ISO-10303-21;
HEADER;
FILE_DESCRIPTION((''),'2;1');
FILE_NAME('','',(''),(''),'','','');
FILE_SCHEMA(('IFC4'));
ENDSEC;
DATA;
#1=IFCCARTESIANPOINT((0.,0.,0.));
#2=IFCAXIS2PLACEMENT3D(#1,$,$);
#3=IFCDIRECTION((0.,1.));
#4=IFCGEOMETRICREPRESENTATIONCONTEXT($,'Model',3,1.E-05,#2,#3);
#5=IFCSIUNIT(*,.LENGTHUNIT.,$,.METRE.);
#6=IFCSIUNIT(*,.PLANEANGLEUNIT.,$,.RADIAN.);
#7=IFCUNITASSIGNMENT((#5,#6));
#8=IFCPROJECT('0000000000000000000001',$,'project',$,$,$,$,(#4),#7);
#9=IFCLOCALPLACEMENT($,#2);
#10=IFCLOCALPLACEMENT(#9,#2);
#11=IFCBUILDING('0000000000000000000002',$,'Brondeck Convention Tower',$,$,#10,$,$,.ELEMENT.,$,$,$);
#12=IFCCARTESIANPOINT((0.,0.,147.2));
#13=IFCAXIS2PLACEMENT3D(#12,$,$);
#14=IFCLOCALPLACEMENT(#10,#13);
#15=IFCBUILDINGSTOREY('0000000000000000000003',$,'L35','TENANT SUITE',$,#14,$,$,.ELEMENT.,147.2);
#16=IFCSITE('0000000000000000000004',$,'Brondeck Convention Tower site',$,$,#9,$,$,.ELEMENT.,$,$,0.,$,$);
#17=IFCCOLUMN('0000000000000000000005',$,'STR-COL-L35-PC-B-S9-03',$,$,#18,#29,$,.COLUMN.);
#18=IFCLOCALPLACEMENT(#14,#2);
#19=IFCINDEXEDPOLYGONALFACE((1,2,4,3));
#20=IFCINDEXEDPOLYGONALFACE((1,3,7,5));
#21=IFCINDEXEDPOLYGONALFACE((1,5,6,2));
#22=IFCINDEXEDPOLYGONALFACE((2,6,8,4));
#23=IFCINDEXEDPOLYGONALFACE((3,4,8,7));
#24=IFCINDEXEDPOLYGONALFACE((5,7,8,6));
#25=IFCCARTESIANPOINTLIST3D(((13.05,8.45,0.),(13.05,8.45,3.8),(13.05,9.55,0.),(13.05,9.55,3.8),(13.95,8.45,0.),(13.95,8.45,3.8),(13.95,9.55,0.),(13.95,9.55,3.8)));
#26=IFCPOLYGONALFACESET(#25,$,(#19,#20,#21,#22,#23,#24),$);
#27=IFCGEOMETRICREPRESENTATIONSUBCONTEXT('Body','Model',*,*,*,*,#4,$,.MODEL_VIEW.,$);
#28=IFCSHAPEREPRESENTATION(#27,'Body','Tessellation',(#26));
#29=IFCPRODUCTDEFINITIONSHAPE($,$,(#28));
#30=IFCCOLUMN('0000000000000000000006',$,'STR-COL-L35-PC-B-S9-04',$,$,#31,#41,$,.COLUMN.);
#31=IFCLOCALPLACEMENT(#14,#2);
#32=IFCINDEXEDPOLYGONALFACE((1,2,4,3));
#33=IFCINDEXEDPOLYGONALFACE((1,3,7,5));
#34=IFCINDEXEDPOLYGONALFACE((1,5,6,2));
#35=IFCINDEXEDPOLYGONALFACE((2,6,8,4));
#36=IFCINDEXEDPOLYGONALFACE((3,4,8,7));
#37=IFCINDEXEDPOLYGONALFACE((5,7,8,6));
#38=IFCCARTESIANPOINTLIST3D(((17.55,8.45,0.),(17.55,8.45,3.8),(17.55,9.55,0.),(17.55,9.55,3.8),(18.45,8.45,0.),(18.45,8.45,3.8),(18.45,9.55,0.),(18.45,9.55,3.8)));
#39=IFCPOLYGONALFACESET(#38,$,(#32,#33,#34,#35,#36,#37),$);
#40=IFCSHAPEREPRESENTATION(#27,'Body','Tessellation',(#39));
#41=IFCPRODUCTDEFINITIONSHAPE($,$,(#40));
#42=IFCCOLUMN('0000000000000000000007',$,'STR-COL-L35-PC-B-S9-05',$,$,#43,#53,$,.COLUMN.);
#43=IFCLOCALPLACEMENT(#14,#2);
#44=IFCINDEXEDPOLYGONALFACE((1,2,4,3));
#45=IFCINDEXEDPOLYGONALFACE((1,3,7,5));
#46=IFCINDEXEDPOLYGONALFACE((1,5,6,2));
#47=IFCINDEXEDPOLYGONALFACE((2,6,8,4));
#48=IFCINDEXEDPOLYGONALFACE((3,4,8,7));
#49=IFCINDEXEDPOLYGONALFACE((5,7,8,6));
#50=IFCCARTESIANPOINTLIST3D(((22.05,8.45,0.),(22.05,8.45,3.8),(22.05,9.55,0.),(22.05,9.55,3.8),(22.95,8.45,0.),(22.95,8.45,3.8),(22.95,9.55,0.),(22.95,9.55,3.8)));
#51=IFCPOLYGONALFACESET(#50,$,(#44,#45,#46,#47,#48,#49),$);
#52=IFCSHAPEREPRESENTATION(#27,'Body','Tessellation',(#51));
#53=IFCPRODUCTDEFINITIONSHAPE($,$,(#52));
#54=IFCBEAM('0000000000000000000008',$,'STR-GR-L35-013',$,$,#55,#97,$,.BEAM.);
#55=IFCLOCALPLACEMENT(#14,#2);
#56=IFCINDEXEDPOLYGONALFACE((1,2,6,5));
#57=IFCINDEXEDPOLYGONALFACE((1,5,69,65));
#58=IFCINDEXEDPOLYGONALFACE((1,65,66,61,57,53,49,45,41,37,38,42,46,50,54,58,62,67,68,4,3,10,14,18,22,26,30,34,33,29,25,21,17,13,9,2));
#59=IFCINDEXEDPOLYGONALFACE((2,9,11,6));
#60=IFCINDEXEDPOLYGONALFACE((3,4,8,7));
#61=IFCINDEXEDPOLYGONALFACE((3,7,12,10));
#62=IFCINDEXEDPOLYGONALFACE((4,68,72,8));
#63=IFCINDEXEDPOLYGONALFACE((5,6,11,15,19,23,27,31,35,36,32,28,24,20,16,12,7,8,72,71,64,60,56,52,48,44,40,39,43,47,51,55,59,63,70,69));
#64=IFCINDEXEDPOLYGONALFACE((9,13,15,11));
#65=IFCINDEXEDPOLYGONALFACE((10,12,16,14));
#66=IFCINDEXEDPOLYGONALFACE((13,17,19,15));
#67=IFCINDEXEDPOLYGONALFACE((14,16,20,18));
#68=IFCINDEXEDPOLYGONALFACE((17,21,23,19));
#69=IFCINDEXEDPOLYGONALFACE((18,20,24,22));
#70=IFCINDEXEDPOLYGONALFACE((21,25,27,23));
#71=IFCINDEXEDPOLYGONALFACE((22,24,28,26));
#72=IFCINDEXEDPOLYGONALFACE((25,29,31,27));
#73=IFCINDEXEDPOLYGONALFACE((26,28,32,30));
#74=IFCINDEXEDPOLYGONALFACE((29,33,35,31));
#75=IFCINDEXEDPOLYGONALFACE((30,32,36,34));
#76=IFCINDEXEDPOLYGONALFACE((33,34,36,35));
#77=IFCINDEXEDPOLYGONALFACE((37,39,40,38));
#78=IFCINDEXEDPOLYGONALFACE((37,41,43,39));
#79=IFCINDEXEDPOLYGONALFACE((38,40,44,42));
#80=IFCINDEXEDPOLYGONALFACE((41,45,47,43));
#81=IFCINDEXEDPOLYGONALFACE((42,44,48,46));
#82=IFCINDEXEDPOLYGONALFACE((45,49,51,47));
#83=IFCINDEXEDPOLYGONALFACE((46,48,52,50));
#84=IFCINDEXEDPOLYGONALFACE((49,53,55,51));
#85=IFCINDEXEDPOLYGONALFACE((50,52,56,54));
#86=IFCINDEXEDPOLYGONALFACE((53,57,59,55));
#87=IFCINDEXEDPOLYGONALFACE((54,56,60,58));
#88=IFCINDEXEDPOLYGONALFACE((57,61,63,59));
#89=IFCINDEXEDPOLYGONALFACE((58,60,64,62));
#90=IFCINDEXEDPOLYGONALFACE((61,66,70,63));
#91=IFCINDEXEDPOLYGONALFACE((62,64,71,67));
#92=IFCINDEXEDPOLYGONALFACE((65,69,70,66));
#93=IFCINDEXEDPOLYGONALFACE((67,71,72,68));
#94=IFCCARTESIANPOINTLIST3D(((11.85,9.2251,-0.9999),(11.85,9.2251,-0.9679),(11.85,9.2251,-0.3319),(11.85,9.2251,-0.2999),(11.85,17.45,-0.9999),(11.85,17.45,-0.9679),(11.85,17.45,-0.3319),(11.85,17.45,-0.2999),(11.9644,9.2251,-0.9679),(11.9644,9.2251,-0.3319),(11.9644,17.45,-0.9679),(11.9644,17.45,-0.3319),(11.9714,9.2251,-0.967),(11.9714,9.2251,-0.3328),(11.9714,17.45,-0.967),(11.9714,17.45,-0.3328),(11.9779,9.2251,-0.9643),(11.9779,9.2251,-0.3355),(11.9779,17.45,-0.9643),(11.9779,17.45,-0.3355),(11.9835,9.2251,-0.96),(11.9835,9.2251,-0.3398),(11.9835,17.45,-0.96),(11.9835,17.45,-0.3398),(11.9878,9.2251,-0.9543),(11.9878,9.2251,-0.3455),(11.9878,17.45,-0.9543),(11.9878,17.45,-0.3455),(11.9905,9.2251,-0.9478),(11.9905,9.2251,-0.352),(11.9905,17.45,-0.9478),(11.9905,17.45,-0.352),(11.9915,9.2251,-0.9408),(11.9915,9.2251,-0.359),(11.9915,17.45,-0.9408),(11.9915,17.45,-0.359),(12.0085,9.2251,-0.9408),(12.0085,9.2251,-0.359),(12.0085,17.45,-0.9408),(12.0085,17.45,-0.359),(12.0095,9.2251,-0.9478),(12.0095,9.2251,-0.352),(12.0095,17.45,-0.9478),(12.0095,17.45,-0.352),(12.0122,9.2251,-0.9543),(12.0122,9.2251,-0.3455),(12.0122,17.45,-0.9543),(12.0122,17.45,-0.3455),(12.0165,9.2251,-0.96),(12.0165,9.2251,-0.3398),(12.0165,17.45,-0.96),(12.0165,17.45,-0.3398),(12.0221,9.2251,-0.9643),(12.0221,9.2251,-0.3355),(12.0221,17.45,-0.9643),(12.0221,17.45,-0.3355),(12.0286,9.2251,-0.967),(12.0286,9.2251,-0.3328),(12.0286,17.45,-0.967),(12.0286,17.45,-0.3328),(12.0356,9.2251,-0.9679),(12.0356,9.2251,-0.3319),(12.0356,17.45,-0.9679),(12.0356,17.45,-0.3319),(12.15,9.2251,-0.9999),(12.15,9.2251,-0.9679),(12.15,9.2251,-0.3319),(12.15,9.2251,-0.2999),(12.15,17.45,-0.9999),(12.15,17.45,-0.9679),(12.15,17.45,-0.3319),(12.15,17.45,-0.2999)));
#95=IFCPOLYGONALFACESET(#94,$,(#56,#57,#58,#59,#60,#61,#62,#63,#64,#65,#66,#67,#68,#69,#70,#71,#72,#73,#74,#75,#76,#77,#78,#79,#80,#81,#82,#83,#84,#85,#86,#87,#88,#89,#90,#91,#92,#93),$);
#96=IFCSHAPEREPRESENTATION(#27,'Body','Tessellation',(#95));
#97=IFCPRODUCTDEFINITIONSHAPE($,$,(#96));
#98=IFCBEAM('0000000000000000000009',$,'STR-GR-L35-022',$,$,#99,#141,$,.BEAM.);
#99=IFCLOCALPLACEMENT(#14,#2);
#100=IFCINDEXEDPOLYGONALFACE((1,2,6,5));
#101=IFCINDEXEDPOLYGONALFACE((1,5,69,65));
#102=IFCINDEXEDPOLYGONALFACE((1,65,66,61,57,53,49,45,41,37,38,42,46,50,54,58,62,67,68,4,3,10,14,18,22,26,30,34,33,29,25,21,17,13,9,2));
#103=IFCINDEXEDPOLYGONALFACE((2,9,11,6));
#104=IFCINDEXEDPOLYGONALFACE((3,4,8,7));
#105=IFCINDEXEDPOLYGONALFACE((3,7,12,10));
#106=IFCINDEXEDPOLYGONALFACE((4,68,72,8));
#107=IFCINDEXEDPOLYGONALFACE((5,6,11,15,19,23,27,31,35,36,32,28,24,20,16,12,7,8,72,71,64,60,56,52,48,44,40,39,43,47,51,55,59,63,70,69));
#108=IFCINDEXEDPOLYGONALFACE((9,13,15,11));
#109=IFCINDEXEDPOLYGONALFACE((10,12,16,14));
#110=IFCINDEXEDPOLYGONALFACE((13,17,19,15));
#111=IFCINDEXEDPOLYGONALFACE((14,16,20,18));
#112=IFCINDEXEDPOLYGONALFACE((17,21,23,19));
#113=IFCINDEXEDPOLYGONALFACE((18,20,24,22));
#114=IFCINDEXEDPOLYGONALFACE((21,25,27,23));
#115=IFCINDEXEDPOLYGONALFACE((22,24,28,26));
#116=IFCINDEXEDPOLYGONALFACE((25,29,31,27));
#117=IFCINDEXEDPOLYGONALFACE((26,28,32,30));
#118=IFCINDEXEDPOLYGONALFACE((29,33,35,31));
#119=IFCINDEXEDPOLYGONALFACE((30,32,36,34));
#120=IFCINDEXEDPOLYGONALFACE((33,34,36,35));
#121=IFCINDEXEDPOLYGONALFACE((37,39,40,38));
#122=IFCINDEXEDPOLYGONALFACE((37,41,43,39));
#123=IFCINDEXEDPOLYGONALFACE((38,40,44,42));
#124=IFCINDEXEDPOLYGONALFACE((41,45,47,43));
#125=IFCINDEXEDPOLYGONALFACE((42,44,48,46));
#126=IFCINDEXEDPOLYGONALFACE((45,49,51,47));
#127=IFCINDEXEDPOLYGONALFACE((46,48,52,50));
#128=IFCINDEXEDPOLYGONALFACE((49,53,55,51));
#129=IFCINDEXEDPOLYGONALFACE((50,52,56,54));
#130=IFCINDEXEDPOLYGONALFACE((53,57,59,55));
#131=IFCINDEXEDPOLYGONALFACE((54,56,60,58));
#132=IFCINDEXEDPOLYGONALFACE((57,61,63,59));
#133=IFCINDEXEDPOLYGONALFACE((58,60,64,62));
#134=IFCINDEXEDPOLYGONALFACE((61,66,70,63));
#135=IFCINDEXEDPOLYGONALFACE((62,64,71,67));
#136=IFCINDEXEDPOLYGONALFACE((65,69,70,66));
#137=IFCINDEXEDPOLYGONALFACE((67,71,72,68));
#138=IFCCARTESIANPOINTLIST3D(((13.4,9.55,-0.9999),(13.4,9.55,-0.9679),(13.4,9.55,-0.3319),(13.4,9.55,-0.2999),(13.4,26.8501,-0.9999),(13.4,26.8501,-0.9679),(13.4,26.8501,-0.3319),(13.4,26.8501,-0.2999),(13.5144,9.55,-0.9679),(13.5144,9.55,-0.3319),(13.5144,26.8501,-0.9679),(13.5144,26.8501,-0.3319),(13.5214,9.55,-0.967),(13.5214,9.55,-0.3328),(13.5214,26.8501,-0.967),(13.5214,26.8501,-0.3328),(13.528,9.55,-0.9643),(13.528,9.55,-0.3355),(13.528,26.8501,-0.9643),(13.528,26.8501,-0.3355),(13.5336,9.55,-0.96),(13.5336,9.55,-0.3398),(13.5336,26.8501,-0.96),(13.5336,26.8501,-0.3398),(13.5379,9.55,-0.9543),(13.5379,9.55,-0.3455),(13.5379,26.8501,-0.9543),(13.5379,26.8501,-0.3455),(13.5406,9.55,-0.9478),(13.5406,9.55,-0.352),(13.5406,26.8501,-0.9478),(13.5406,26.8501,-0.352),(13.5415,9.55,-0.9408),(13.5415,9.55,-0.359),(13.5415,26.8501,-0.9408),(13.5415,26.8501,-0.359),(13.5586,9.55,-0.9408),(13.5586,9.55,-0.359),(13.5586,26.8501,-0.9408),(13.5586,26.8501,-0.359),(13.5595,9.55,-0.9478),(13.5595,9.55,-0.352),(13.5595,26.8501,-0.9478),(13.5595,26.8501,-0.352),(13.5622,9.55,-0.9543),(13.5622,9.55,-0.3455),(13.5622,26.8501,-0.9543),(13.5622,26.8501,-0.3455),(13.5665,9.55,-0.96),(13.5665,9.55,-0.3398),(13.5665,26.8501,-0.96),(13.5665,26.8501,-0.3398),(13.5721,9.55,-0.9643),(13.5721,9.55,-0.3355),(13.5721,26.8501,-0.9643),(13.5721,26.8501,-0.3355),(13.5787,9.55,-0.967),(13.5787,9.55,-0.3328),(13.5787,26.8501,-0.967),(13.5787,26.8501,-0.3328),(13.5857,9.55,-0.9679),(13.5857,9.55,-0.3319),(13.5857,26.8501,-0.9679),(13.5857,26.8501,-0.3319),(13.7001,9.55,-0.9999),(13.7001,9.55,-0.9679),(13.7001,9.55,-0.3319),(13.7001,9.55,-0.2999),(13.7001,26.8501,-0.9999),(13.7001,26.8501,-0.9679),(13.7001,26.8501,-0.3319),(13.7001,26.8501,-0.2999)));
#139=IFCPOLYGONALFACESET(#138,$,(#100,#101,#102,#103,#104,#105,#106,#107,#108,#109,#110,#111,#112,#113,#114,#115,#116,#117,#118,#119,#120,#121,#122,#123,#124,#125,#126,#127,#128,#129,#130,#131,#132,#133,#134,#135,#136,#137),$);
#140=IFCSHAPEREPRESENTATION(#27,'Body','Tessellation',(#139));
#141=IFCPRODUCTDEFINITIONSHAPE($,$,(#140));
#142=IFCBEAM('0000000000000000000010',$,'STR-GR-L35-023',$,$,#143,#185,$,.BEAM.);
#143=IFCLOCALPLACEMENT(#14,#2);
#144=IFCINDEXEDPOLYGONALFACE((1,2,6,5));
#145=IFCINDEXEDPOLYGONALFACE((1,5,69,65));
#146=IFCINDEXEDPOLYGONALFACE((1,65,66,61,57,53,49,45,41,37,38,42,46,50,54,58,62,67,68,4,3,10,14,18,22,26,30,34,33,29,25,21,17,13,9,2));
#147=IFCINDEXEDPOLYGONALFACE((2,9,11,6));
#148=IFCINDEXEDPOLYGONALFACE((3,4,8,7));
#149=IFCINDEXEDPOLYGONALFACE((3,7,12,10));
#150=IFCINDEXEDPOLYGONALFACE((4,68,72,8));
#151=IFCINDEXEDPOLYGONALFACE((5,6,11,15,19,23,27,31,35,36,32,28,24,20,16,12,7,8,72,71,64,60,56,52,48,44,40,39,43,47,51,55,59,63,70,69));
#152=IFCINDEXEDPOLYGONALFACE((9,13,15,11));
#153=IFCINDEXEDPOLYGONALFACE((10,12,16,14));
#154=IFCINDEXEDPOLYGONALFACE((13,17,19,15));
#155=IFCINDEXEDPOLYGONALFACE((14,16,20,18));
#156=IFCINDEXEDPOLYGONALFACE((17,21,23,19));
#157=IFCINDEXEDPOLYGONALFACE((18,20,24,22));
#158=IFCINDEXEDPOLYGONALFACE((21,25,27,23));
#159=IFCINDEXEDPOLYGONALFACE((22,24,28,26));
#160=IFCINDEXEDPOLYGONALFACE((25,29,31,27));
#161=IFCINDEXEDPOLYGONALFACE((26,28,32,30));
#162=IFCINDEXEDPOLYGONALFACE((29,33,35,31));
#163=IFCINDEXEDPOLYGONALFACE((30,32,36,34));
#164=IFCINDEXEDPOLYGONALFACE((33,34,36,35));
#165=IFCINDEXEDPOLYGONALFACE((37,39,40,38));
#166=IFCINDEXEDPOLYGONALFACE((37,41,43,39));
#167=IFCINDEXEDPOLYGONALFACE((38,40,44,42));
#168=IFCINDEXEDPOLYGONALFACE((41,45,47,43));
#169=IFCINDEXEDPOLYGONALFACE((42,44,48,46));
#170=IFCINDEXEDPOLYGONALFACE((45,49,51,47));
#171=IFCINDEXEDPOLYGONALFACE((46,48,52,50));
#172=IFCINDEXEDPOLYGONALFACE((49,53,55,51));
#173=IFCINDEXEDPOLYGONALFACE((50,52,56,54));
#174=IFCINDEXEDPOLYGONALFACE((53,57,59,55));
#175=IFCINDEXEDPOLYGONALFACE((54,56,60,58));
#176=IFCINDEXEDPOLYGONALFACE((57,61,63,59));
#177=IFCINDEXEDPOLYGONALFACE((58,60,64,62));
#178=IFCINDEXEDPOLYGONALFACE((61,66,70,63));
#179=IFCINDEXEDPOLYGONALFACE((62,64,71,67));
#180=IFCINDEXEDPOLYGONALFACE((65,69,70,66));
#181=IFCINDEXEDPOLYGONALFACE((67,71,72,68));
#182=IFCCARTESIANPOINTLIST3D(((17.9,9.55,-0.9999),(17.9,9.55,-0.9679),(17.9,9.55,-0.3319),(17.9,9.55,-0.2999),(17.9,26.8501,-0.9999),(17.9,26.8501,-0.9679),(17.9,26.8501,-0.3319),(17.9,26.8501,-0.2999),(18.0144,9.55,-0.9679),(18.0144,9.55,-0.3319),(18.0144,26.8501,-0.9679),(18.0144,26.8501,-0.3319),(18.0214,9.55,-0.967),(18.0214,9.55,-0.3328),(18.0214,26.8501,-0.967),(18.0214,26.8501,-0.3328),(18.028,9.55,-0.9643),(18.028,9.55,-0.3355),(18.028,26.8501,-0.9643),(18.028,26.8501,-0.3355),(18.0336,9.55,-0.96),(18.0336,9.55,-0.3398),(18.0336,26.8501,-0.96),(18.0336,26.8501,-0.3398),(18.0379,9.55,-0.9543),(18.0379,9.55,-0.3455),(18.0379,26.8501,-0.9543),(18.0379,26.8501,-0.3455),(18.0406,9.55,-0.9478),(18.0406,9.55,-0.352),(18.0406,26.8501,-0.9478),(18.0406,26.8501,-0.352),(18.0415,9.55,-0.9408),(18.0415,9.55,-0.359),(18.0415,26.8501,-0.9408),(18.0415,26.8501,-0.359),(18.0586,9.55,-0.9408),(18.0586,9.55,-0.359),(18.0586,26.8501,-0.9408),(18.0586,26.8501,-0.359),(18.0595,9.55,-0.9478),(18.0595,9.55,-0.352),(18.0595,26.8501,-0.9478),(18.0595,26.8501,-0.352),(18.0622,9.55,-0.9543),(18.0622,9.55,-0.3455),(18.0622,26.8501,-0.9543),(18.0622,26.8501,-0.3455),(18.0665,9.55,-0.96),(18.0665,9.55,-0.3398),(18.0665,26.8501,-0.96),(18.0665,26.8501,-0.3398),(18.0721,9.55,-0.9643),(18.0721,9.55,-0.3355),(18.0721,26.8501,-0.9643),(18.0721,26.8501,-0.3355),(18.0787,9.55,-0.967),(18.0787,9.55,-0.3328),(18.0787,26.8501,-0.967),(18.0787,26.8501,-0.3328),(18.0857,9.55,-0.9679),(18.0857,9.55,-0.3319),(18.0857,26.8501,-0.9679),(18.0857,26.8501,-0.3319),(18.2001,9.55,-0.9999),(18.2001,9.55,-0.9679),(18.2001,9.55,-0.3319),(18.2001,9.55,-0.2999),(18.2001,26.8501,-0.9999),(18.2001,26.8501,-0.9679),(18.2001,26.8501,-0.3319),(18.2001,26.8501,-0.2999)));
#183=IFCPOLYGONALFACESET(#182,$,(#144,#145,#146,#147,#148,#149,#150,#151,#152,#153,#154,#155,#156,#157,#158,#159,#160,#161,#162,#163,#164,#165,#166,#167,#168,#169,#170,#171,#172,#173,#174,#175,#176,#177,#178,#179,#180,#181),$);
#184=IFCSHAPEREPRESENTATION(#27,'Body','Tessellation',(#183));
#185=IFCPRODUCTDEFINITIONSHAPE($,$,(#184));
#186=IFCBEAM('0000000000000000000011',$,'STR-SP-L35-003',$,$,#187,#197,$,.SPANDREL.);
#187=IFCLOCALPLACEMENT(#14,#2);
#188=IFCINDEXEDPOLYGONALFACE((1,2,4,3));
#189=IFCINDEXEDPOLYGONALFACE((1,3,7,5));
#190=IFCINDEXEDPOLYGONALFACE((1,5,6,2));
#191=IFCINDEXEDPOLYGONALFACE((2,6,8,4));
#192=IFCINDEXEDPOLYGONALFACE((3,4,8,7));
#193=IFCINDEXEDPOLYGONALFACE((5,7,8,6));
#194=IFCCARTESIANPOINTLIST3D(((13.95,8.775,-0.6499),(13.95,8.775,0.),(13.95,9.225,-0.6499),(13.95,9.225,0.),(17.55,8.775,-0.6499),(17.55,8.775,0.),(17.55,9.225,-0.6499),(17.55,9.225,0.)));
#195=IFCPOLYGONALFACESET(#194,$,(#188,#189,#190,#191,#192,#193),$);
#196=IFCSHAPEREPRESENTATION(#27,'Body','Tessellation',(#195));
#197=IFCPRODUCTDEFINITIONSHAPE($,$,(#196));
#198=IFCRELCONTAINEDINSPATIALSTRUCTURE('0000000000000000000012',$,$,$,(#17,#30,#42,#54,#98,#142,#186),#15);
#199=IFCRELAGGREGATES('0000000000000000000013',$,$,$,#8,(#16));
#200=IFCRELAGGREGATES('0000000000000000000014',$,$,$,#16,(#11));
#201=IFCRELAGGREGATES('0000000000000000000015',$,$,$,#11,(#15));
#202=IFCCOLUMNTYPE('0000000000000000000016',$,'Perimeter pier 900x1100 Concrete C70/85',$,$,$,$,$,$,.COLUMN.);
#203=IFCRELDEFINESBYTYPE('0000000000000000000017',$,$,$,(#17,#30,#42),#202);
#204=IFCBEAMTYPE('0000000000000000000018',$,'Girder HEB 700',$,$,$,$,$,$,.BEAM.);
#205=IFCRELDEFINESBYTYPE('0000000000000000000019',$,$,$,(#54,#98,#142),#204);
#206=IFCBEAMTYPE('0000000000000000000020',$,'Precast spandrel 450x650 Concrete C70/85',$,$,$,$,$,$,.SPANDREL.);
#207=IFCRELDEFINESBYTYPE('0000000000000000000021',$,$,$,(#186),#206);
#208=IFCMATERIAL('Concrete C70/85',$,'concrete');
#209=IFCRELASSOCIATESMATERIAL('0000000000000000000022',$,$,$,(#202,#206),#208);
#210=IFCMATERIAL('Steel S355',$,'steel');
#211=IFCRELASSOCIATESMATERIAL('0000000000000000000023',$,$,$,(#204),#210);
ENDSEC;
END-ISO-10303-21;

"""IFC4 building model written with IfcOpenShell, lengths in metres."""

from ifc_helpers import new_model, si_unit, direction, frame, origin, origin_2d, place, context, subcontext, project, spatial, rectangle, i_section, extrude, material, material_profile, profile_set, type_object, element, save


model = new_model("IFC4")

# Units and contexts
model_context = context("Model", 3, precision=1e-05, world=origin(), true_north=direction((0.0, 1.0)))
body_context = subcontext(model_context, "Body", "Model", "MODEL_VIEW")
ifc_project = project(units=[si_unit("LENGTHUNIT", "METRE"), si_unit("PLANEANGLEUNIT", "RADIAN")], contexts=[model_context])

# Site, building, storey
site_placement = place(None, origin())
site = spatial("IfcSite", under=ifc_project, at=site_placement, Name="Brondeck Convention Tower site", CompositionType="ELEMENT", RefElevation=0.0)
building_placement = place(site_placement, origin())
building = spatial("IfcBuilding", under=site, at=building_placement, Name="Brondeck Convention Tower", CompositionType="ELEMENT")
storey_placement = place(building_placement, frame((0.0, 0.0, 147.2)))
storey = spatial("IfcBuildingStorey", under=building, at=storey_placement, Name="L35", Description="TENANT SUITE", CompositionType="ELEMENT", Elevation=147.2)

# Columns
ifc_material_1 = material(Name="Concrete C70/85", Category="concrete")
ifc_material_profile_1 = material_profile(ifc_material_1, rectangle(XDim=0.8999, YDim=1.1001, at=origin_2d()), Name="Perimeter pier 900x1100 Concrete C70/85")
ifc_profile_set_1 = profile_set([ifc_material_profile_1], Name="Concrete C70/85")
column_type = type_object("IfcColumnType", Name="Perimeter pier 900x1100 Concrete C70/85", PredefinedType="COLUMN", material=ifc_profile_set_1)
for number, where, z_axis, x_axis, name in (
    (1, (13.5, 9.0, 0.0), (0.0, 0.0, 1.0), (1.0, 0.0, 0.0), "STR-COL-L35-PC-B-S9-03"),
    (2, (18.0, 9.0, 0.0), (0.0, 0.0, 1.0), (1.0, 0.0, 0.0), "STR-COL-L35-PC-B-S9-04"),
    (3, (22.5, 9.0, 0.0), (0.0, 0.0, 1.0), (1.0, 0.0, 0.0), "STR-COL-L35-PC-B-S9-05"),
):
    element("IfcColumn", number, at=place(storey_placement, frame(where, z_axis=z_axis, x_axis=x_axis)), inside=storey, type_object=column_type, Name=name, PredefinedType="COLUMN", context=body_context, shape_type="SweptSolid", body=[
        extrude(rectangle(XDim=0.8999, YDim=1.1001, at=origin_2d()), origin(), (0.0, 0.0, 1.0), 3.8),
    ])

# Beams
ifc_material_2 = material(Name="Steel S355", Category="steel")
ifc_material_profile_2 = material_profile(ifc_material_2, i_section(OverallWidth=0.3, OverallDepth=0.7, WebThickness=0.0171, FlangeThickness=0.032, FilletRadius=0.0271, at=origin_2d()), Name="HEB 700")
ifc_profile_set_2 = profile_set([ifc_material_profile_2], Name="Steel S355")
beam_type_1 = type_object("IfcBeamType", Name="Girder HEB 700", PredefinedType="BEAM", material=ifc_profile_set_2)
beam_placement = place(storey_placement, frame((12.0, 17.45, -0.6499), z_axis=(0.0, -1.0, 0.0), x_axis=(1.0, 0.0, 0.0)))
element("IfcBeam", 4, at=beam_placement, inside=storey, type_object=beam_type_1, Name="STR-GR-L35-013", PredefinedType="BEAM", context=body_context, shape_type="SweptSolid", body=[
    extrude(i_section(OverallWidth=0.3, OverallDepth=0.7, WebThickness=0.0171, FlangeThickness=0.032, FilletRadius=0.0271, at=origin_2d()), origin(), (0.0, 0.0, 1.0), 8.2249),
])
for number, where, z_axis, x_axis, name in (
    (5, (13.55, 9.55, -0.6499), (0.0, 1.0, 0.0), (-1.0, 0.0, 0.0), "STR-GR-L35-022"),
    (6, (18.05, 9.55, -0.6499), (0.0, 1.0, 0.0), (-1.0, 0.0, 0.0), "STR-GR-L35-023"),
):
    element("IfcBeam", number, at=place(storey_placement, frame(where, z_axis=z_axis, x_axis=x_axis)), inside=storey, type_object=beam_type_1, Name=name, PredefinedType="BEAM", context=body_context, shape_type="SweptSolid", body=[
        extrude(i_section(OverallWidth=0.3, OverallDepth=0.7, WebThickness=0.0171, FlangeThickness=0.032, FilletRadius=0.0271, at=origin_2d()), origin(), (0.0, 0.0, 1.0), 17.3),
    ])
ifc_material_profile_3 = material_profile(ifc_material_1, rectangle(XDim=0.45, YDim=0.6499, at=origin_2d()), Name="Precast spandrel 450x650 Concrete C70/85")
ifc_profile_set_3 = profile_set([ifc_material_profile_3], Name="Concrete C70/85")
beam_type_2 = type_object("IfcBeamType", Name="Precast spandrel 450x650 Concrete C70/85", PredefinedType="SPANDREL", material=ifc_profile_set_3)
for number, where, z_axis, x_axis, name in (
    (7, (13.95, 9.0, -0.325), (1.0, 0.0, 0.0), (0.0, 1.0, 0.0), "STR-SP-L35-003"),
):
    element("IfcBeam", number, at=place(storey_placement, frame(where, z_axis=z_axis, x_axis=x_axis)), inside=storey, type_object=beam_type_2, Name=name, PredefinedType="SPANDREL", context=body_context, shape_type="SweptSolid", body=[
        extrude(rectangle(XDim=0.45, YDim=0.6499, at=origin_2d()), origin(), (0.0, 0.0, 1.0), 3.6001),
    ])

save(model, "model.ifc")
